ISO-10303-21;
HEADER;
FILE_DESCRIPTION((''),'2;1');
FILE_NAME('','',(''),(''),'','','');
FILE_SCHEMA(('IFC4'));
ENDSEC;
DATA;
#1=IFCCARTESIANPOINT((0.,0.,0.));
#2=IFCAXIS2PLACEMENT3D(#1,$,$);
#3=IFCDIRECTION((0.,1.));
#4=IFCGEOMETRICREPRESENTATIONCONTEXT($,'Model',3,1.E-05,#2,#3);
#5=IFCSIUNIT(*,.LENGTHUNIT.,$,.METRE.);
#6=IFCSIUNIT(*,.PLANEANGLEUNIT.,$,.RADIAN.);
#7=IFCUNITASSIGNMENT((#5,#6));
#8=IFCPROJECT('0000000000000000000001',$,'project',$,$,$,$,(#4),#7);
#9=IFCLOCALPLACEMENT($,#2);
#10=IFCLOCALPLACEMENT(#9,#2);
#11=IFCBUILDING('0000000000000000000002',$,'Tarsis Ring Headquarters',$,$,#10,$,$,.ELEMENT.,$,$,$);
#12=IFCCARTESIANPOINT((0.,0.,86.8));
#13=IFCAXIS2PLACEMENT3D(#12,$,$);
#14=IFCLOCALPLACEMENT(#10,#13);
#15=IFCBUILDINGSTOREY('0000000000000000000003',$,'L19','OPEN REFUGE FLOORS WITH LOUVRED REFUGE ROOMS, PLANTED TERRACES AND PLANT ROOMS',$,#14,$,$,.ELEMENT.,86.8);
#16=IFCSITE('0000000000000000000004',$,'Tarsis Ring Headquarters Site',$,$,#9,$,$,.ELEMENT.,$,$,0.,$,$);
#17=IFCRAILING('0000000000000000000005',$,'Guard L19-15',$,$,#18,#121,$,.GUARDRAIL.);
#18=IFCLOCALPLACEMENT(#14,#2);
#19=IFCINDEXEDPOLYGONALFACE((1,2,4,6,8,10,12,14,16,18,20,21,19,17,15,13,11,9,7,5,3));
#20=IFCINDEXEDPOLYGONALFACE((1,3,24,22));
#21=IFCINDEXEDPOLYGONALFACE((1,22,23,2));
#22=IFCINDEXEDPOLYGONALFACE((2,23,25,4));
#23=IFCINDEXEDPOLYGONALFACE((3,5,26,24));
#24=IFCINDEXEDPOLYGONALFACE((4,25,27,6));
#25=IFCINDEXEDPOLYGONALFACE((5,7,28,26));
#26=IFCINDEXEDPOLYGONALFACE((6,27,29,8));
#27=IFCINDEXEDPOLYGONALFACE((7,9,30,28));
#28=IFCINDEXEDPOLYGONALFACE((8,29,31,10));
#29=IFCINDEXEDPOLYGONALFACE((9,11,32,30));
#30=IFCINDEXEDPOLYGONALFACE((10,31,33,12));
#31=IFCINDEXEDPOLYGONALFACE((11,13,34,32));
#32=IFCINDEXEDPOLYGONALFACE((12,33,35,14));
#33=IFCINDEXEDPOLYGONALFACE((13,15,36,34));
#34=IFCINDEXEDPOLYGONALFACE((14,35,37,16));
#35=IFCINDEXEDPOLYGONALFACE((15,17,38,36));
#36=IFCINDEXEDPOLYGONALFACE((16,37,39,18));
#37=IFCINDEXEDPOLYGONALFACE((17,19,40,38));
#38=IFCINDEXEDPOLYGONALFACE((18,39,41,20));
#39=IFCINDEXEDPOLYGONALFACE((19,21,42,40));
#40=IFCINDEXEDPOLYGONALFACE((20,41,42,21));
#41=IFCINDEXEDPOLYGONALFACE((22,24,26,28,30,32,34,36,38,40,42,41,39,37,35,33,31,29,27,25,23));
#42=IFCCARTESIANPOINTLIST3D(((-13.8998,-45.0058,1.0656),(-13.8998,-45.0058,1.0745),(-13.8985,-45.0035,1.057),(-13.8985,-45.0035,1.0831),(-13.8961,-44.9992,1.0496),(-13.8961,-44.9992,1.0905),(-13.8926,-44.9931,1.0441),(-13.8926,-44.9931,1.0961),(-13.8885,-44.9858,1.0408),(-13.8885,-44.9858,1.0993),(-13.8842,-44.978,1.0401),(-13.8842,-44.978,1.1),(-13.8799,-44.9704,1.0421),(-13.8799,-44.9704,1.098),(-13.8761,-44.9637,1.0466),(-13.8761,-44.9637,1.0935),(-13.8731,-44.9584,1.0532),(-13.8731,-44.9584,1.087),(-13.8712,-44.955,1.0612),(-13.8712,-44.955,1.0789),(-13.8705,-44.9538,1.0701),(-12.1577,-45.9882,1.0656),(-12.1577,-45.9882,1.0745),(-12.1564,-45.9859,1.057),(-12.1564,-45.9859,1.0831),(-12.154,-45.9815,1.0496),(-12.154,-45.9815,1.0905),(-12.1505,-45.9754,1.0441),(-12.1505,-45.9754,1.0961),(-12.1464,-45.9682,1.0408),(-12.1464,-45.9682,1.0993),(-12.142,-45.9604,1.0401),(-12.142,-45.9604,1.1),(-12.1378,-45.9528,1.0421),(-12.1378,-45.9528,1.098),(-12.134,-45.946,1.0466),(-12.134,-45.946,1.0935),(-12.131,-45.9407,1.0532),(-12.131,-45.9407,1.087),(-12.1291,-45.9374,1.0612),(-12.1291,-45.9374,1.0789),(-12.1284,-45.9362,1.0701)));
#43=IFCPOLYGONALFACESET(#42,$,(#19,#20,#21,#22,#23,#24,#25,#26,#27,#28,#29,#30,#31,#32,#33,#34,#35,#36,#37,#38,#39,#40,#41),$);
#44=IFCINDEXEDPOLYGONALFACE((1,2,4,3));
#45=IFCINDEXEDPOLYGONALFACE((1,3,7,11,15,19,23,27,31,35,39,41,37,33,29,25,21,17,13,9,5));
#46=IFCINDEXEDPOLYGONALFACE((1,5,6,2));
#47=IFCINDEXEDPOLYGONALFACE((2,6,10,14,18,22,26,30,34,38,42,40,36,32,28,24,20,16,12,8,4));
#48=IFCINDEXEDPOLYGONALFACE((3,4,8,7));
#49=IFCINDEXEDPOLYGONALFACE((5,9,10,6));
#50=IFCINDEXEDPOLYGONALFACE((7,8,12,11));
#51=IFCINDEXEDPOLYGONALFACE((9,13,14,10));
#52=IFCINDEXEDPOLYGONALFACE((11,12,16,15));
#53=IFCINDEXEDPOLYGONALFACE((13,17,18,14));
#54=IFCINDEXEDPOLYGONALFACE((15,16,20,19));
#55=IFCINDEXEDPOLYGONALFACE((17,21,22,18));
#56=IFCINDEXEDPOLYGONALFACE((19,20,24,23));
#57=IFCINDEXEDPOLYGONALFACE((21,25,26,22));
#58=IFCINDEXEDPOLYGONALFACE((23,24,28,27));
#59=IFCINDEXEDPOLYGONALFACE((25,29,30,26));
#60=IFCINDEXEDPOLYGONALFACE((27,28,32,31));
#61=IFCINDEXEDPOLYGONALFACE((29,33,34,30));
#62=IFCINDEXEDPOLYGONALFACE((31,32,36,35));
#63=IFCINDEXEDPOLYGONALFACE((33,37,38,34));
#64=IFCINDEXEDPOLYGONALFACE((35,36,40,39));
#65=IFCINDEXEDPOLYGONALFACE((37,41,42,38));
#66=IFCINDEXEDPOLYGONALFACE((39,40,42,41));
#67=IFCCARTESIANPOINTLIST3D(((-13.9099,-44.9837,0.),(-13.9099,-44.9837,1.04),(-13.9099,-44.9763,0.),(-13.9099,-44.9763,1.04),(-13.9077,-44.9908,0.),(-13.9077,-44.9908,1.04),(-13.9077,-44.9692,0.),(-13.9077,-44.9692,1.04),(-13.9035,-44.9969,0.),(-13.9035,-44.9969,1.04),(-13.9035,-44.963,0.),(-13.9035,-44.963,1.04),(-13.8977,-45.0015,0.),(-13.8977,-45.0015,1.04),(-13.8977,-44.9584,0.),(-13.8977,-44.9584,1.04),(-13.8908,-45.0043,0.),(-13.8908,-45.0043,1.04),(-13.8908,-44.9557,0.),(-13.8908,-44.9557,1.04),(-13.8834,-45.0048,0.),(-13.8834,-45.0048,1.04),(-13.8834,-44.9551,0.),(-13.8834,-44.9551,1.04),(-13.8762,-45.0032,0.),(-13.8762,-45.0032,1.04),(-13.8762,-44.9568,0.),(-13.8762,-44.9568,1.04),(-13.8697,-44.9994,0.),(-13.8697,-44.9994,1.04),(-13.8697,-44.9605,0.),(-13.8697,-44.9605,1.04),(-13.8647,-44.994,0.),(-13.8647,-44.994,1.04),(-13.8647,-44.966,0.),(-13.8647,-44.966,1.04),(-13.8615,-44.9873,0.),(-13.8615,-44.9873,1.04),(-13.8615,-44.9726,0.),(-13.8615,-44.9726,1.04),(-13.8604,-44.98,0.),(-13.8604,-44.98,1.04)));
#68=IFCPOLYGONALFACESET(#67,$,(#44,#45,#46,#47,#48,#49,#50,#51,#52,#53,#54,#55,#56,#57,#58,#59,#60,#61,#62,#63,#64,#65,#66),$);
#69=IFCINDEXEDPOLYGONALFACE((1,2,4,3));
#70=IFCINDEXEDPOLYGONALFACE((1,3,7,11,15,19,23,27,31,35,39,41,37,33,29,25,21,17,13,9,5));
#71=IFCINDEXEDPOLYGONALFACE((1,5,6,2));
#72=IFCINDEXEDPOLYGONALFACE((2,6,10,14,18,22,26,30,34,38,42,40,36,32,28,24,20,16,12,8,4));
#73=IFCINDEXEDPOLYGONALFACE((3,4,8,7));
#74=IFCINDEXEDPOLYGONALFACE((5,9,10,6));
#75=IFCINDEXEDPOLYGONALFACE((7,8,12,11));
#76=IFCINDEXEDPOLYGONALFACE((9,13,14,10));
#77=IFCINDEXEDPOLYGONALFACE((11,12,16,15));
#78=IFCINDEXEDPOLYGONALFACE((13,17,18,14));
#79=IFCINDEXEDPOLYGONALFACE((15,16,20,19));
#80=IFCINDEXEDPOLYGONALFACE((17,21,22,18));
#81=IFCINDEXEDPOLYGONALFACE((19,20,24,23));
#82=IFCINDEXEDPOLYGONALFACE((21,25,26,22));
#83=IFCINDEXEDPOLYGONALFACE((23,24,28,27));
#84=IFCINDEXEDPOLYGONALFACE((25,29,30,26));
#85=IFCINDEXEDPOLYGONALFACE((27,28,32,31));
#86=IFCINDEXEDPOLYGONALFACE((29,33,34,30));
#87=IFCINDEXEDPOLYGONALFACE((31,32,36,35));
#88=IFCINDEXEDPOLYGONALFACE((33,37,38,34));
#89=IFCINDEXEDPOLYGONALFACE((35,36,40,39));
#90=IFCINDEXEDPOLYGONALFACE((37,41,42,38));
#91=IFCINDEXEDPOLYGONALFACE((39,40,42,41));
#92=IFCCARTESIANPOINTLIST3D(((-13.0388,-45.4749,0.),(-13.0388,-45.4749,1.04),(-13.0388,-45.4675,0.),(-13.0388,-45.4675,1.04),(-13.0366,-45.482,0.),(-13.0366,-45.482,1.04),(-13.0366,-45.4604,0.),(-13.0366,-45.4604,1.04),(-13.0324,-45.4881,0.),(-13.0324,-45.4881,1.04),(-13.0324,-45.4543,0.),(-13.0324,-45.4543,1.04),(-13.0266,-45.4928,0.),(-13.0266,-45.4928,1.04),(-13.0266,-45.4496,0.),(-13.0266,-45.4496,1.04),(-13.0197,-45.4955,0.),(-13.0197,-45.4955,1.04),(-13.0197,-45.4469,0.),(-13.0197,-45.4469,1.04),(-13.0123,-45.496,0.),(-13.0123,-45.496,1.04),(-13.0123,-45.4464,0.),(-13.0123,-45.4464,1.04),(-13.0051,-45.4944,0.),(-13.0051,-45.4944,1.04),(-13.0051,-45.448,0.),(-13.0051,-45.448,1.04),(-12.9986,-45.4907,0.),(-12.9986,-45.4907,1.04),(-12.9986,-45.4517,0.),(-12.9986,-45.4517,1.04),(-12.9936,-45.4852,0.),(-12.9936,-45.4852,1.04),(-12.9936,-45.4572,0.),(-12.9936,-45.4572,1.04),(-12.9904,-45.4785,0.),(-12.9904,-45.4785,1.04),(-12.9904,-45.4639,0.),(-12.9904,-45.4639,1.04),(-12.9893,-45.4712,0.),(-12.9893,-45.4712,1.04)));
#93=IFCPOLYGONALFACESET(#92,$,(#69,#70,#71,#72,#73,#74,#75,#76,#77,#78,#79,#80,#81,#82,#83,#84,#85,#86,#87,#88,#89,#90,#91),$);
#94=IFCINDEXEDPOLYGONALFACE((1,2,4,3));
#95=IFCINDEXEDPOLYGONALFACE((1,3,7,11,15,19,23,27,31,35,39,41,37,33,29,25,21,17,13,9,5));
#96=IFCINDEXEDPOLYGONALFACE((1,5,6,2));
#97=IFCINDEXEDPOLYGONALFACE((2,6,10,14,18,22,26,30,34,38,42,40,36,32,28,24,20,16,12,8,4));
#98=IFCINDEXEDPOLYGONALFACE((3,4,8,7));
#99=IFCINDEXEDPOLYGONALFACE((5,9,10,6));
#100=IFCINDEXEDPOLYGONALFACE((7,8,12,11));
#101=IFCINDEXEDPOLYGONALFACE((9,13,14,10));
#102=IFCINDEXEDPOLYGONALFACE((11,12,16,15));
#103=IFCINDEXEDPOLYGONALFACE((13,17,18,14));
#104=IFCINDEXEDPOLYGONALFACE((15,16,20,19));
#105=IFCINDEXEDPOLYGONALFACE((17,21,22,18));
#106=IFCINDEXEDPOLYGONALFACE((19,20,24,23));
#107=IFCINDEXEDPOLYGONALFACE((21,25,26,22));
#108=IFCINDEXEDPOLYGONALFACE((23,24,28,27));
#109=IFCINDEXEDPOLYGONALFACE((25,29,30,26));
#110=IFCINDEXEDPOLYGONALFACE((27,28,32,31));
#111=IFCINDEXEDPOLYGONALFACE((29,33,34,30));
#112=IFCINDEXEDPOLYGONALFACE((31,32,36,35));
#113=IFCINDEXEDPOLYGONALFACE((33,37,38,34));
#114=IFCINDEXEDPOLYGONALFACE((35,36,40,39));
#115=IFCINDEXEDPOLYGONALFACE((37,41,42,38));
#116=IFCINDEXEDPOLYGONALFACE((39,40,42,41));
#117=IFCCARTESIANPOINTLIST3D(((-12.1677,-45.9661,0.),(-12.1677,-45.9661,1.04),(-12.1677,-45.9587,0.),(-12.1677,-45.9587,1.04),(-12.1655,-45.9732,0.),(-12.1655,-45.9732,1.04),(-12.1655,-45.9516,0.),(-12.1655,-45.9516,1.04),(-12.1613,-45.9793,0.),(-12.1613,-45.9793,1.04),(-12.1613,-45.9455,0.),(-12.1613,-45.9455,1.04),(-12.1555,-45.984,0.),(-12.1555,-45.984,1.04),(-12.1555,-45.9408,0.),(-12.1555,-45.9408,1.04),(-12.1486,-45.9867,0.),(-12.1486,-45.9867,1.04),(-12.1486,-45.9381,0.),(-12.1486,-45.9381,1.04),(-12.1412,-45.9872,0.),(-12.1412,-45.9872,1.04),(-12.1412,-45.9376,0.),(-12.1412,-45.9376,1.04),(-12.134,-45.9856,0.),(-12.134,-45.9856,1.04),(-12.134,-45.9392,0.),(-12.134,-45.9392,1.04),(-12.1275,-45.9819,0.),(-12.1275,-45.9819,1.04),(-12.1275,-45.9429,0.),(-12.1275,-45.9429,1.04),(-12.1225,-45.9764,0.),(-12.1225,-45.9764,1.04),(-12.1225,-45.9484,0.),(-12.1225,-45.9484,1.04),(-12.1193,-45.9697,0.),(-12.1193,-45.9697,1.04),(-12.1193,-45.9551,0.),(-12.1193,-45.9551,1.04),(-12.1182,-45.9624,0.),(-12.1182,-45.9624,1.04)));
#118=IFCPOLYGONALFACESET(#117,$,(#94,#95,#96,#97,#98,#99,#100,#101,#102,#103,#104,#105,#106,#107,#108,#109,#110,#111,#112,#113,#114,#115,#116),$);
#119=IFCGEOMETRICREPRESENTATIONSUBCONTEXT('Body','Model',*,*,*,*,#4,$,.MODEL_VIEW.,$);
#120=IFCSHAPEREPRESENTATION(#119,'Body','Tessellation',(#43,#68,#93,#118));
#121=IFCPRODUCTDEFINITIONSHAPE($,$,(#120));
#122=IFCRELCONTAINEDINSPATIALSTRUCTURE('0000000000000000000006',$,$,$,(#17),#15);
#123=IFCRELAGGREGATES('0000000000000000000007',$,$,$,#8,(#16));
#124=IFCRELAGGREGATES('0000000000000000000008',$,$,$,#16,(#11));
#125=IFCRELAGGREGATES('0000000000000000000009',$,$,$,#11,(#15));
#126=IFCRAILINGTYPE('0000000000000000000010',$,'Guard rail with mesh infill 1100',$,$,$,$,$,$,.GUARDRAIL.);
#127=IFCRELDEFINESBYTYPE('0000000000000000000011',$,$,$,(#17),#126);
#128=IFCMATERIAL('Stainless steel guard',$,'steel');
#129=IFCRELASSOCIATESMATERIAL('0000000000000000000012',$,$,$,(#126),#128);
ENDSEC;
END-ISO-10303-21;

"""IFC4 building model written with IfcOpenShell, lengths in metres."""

from ifc_helpers import new_model, si_unit, direction, frame, origin, origin_2d, place, context, subcontext, project, spatial, circle, extrude, material, type_object, element, save


model = new_model("IFC4")

# Units and contexts
model_context = context("Model", 3, precision=1e-05, world=origin(), true_north=direction((0.0, 1.0)))
body_context = subcontext(model_context, "Body", "Model", "MODEL_VIEW")
ifc_project = project(units=[si_unit("LENGTHUNIT", "METRE"), si_unit("PLANEANGLEUNIT", "RADIAN")], contexts=[model_context])

# Site, building, storey
site_placement = place(None, origin())
site = spatial("IfcSite", under=ifc_project, at=site_placement, Name="Tarsis Ring Headquarters Site", CompositionType="ELEMENT", RefElevation=0.0)
building_placement = place(site_placement, origin())
building = spatial("IfcBuilding", under=site, at=building_placement, Name="Tarsis Ring Headquarters", CompositionType="ELEMENT")
storey_placement = place(building_placement, frame((0.0, 0.0, 86.8)))
storey = spatial("IfcBuildingStorey", under=building, at=storey_placement, Name="L19", Description="OPEN REFUGE FLOORS WITH LOUVRED REFUGE ROOMS, PLANTED TERRACES AND PLANT ROOMS", CompositionType="ELEMENT", Elevation=86.8)

# Railing
ifc_material_1 = material(Name="Stainless steel guard", Category="steel")
railing_type_1 = type_object("IfcRailingType", Name="Guard rail with mesh infill 1100", PredefinedType="GUARDRAIL", material=ifc_material_1)
railing_1_placement = place(storey_placement, frame((-13.8853, -44.98, 0.0)))
element("IfcRailing", 1, at=railing_1_placement, inside=storey, type_object=railing_type_1, Name="Guard L19-15", PredefinedType="GUARDRAIL", context=body_context, shape_type="SweptSolid", body=[
    extrude(circle(Radius=0.03, at=origin_2d()), frame((0.0, 0.0, 1.0701), z_axis=(0.871053, -0.491188, 0.0), x_axis=(0.491188, 0.871053, 0.0)), (0.0, 0.0, 1.0), 2.0),
    extrude(circle(Radius=0.0249, at=origin_2d()), origin(), (0.0, 0.0, 1.0), 1.04),
    extrude(circle(Radius=0.0249, at=origin_2d()), frame((0.8711, -0.4912, 0.0)), (0.0, 0.0, 1.0), 1.04),
    extrude(circle(Radius=0.0249, at=origin_2d()), frame((1.7422, -0.9824, 0.0)), (0.0, 0.0, 1.0), 1.04),
])

save(model, "model.ifc")
